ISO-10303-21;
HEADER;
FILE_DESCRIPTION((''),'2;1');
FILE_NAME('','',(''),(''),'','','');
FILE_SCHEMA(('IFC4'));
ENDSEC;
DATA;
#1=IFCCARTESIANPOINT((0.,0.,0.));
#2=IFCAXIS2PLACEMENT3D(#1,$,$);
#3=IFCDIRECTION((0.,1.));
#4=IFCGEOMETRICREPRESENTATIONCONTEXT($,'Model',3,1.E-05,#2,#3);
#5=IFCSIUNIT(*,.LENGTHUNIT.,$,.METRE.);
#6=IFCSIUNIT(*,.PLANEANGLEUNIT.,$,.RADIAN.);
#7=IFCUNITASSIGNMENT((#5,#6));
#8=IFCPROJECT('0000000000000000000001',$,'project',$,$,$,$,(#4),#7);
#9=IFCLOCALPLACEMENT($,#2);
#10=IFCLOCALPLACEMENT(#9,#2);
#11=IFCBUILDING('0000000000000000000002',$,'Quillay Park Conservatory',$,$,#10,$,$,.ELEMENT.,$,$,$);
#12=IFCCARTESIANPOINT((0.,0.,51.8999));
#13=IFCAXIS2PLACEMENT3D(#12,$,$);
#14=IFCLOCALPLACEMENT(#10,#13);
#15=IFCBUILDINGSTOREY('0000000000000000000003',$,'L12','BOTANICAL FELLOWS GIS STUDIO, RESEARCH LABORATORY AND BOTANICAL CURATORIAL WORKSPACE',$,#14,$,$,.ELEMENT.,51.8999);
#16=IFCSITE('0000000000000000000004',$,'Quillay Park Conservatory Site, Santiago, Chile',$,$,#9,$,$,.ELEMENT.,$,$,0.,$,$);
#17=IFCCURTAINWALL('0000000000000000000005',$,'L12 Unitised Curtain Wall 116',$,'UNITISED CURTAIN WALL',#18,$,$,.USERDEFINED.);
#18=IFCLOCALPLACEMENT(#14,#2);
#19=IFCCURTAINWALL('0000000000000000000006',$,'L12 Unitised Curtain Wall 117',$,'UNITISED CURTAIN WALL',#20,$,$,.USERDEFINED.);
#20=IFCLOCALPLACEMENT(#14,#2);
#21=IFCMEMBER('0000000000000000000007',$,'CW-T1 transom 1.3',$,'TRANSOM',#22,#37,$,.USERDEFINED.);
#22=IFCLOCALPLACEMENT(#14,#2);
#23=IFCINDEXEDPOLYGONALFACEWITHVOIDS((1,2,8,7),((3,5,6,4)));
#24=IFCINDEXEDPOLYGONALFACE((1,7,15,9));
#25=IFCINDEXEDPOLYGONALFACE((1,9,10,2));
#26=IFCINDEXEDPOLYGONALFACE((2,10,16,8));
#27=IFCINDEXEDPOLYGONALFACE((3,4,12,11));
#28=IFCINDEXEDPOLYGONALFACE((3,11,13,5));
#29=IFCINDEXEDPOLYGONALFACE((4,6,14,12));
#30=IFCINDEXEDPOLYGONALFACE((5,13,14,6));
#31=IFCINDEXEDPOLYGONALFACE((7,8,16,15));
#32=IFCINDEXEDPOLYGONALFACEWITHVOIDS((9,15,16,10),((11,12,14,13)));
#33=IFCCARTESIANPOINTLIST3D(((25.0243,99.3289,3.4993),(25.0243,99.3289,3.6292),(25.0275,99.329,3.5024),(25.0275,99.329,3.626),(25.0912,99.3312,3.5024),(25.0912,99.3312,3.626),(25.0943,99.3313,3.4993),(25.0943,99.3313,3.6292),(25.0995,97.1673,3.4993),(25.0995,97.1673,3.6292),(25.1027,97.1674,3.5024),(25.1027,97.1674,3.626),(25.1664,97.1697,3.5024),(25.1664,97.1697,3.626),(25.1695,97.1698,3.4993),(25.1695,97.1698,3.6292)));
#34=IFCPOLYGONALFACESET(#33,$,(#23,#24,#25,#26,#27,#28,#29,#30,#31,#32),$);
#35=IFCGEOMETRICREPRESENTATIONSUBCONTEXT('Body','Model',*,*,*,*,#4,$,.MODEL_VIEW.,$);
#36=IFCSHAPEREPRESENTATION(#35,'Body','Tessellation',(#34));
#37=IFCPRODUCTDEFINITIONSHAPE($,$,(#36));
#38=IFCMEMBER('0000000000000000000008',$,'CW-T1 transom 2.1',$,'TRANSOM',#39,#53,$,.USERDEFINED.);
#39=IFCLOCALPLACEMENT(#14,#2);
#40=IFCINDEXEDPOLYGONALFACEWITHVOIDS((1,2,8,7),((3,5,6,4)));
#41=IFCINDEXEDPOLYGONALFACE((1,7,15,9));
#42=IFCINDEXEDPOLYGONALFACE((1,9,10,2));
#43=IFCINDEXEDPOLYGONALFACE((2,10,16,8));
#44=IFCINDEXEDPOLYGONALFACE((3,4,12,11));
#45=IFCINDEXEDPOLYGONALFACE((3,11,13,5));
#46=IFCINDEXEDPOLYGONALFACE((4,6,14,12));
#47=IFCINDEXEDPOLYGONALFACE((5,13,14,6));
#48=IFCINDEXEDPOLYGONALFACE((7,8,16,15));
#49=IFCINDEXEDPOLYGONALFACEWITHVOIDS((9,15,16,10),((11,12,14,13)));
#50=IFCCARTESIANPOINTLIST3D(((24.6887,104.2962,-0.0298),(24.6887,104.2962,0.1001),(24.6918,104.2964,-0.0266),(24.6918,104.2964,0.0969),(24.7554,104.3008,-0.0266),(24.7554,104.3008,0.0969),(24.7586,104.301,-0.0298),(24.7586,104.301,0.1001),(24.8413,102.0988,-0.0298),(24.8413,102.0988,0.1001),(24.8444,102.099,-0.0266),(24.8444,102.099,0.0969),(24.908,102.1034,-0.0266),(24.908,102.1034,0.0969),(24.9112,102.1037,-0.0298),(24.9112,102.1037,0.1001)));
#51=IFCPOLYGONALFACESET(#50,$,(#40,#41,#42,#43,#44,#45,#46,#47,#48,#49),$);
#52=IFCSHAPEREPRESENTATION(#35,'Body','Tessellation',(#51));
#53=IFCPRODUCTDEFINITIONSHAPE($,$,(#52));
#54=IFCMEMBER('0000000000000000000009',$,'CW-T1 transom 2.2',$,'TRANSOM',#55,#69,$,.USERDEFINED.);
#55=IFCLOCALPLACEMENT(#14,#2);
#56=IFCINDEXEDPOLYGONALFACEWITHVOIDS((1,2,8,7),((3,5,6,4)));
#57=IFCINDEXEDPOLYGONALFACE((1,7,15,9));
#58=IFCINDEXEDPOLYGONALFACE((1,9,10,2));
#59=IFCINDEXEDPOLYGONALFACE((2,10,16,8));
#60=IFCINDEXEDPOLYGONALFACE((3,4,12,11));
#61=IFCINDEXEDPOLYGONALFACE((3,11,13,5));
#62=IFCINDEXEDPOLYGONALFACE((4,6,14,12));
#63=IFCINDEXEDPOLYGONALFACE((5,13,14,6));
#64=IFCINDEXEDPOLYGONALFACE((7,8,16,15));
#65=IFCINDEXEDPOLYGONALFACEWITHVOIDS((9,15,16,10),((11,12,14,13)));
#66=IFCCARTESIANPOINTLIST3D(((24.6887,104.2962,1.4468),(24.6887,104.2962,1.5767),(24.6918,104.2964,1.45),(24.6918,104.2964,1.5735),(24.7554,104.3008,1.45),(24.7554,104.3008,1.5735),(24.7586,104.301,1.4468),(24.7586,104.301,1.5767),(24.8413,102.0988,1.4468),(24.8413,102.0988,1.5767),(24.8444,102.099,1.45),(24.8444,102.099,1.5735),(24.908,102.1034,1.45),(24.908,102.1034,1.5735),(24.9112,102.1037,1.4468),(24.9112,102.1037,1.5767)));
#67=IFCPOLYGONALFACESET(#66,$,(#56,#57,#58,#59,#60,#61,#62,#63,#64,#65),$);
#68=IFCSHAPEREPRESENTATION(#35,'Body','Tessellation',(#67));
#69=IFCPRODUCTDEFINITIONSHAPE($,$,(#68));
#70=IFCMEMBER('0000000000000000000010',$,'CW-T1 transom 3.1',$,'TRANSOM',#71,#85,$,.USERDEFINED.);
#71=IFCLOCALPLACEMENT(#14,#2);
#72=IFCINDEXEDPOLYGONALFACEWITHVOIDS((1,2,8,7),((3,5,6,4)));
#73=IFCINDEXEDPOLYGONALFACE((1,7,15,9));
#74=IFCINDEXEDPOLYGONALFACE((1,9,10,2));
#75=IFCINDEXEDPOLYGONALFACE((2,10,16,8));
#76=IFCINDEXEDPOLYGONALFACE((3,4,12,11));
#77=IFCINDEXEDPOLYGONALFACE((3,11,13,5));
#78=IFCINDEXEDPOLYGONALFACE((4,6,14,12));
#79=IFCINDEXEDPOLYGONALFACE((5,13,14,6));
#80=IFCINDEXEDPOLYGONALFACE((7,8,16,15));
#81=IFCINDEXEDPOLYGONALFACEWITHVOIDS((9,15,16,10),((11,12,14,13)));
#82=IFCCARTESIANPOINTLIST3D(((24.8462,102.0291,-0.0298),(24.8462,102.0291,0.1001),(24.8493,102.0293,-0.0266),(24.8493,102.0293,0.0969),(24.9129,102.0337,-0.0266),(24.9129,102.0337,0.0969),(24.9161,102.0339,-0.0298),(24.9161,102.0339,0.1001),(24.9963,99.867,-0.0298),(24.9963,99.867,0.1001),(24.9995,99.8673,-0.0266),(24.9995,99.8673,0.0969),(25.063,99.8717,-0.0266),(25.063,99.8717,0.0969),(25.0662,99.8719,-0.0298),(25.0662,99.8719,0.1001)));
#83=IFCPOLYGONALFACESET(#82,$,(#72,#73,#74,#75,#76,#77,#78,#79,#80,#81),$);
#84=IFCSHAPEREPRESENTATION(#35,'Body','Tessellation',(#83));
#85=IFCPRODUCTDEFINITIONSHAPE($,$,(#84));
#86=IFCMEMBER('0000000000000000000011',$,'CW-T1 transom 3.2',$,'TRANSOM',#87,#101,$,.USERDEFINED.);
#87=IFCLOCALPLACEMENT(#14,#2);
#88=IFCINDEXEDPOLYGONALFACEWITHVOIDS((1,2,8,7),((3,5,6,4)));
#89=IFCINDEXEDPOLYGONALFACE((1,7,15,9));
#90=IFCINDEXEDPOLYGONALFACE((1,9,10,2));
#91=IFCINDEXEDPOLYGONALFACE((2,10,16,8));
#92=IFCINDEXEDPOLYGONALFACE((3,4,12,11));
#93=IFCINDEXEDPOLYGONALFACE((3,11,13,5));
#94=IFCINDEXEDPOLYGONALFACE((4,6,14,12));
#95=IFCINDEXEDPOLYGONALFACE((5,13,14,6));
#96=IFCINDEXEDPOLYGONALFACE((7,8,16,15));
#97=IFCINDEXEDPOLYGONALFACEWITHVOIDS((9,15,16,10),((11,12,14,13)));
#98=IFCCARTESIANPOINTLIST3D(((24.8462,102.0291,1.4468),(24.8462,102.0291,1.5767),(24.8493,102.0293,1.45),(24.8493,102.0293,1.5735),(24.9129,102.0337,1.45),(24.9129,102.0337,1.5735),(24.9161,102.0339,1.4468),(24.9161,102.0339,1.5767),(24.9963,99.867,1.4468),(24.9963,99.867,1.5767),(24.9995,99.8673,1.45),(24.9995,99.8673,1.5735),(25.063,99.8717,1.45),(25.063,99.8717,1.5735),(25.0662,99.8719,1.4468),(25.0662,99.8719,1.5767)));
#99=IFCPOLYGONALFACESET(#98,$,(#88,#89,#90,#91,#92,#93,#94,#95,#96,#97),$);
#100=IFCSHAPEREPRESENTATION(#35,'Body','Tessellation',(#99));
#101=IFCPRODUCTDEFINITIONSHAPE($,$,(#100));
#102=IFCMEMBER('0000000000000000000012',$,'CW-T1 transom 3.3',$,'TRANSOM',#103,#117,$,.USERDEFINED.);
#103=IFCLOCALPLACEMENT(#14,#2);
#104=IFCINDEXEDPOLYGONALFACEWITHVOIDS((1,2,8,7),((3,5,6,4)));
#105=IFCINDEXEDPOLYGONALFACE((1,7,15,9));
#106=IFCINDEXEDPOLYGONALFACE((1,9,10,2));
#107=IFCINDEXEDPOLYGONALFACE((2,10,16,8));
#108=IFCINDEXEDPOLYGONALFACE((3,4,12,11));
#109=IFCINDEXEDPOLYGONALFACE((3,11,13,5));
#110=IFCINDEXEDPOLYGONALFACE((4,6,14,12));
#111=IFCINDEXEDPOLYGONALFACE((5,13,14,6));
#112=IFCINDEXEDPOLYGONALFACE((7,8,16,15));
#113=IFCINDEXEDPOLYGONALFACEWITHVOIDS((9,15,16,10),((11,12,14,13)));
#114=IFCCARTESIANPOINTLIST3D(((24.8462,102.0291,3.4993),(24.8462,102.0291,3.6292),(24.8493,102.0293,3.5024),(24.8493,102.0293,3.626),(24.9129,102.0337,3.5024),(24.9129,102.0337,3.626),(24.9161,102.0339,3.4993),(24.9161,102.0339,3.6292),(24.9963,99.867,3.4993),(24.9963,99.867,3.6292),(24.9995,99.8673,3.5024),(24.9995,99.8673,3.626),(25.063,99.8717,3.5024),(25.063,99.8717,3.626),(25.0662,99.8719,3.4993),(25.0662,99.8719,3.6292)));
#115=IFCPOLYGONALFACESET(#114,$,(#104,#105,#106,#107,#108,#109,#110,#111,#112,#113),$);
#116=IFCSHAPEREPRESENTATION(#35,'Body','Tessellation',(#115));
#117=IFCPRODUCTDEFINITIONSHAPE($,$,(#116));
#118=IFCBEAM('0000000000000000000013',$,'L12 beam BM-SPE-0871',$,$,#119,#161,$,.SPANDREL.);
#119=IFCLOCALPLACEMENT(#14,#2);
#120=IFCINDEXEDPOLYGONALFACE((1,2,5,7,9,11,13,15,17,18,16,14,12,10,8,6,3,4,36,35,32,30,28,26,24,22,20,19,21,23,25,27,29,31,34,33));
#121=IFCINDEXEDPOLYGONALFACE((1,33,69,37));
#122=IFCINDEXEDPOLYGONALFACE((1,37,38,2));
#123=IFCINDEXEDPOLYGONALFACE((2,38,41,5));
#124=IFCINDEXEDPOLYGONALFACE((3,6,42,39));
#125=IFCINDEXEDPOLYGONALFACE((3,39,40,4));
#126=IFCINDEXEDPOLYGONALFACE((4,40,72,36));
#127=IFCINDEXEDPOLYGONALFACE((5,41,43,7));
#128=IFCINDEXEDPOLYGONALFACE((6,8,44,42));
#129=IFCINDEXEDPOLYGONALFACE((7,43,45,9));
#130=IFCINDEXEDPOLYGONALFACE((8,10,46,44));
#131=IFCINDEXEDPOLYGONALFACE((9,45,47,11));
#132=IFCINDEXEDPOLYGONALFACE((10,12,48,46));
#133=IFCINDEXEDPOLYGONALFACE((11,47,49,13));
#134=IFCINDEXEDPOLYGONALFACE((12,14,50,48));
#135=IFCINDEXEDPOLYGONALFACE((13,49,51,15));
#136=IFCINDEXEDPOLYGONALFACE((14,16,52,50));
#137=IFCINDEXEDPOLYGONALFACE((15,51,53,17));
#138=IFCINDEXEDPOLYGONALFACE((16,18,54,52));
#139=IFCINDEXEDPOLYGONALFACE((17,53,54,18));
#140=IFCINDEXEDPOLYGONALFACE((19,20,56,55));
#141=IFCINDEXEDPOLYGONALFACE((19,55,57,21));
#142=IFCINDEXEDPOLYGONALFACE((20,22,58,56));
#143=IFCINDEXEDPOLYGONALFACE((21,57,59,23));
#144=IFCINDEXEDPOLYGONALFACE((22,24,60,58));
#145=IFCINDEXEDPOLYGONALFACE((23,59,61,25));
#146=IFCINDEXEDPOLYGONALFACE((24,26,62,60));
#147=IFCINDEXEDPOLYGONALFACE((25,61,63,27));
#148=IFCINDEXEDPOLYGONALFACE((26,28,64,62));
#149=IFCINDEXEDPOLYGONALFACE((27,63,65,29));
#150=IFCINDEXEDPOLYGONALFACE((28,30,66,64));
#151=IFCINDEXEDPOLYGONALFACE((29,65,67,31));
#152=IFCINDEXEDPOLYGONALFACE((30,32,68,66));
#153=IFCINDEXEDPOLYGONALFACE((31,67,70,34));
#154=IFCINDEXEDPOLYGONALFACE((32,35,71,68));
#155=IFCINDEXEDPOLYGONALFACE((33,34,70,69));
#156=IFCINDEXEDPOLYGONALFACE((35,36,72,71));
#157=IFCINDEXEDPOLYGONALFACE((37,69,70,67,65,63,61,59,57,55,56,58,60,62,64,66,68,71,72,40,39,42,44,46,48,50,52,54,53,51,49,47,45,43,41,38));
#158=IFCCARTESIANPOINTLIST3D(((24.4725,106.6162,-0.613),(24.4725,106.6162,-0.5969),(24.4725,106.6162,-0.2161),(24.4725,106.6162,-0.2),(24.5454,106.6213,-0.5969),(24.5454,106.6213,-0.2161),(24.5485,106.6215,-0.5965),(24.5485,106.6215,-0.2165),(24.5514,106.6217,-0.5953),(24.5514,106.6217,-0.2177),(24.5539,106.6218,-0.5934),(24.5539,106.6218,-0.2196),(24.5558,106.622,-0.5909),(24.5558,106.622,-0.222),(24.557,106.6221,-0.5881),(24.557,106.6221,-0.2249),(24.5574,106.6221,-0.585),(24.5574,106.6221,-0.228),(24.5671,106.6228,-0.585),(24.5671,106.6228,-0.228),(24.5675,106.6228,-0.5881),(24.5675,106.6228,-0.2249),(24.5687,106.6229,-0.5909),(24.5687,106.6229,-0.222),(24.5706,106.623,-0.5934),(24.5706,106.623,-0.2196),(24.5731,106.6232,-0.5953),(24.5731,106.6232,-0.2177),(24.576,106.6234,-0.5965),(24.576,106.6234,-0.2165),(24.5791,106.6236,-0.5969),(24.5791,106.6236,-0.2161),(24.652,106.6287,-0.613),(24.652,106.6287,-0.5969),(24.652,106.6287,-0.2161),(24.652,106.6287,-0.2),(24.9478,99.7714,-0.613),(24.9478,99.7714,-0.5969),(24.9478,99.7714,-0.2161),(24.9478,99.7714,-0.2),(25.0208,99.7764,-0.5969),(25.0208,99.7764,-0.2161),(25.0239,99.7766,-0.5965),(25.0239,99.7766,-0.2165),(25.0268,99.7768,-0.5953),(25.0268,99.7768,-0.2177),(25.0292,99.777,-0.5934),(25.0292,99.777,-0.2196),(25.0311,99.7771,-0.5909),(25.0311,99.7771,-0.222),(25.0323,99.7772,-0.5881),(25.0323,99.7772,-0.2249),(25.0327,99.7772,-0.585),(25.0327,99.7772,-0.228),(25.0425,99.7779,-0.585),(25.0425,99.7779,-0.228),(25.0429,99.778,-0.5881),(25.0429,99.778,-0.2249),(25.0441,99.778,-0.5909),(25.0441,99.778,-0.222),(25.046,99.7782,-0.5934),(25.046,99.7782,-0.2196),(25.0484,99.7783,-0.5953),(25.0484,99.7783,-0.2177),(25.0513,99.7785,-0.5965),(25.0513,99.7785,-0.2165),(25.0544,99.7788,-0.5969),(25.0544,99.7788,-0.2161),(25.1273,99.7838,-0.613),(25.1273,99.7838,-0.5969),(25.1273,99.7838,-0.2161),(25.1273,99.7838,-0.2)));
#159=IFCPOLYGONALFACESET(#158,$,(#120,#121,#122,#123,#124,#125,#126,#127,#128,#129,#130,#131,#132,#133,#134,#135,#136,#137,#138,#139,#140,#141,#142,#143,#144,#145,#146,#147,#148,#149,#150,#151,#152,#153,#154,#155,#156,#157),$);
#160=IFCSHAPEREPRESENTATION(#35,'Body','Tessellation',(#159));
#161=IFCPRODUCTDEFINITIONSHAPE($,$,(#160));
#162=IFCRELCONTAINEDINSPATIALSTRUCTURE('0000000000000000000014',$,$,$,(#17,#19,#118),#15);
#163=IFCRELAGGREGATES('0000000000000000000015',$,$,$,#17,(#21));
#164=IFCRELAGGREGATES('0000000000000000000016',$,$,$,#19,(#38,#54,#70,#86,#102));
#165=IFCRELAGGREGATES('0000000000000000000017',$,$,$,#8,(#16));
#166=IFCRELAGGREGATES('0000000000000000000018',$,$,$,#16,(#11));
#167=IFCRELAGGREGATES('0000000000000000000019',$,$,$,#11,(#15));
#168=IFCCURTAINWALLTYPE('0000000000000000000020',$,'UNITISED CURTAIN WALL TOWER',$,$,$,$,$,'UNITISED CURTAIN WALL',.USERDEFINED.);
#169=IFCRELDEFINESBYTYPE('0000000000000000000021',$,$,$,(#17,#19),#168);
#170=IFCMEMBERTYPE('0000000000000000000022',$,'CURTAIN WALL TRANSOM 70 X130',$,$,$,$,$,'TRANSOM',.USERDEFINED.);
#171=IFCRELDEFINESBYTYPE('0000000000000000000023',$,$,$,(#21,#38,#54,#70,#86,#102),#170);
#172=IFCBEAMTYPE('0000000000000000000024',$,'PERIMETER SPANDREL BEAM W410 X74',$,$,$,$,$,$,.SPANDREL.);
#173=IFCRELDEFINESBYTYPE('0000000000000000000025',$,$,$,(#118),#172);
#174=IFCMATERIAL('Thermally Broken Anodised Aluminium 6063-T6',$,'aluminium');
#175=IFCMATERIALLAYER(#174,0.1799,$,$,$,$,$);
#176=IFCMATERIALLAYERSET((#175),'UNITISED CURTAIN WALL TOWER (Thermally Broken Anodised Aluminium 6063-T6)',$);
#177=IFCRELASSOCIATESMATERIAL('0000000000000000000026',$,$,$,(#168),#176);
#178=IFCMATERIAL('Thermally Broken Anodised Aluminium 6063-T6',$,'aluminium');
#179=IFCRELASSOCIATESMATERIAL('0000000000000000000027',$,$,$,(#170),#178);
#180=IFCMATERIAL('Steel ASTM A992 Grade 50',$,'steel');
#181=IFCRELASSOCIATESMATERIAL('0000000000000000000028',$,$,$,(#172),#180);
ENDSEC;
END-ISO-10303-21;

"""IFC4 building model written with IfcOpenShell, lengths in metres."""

from ifc_helpers import new_model, si_unit, direction, frame, origin, origin_2d, place, context, subcontext, project, spatial, hollow_rectangle, i_section, extrude, material, layer, layer_set, material_profile, profile_set, type_object, element, aggregate, save


model = new_model("IFC4")

# Units and contexts
model_context = context("Model", 3, precision=1e-05, world=origin(), true_north=direction((0.0, 1.0)))
body_context = subcontext(model_context, "Body", "Model", "MODEL_VIEW")
ifc_project = project(units=[si_unit("LENGTHUNIT", "METRE"), si_unit("PLANEANGLEUNIT", "RADIAN")], contexts=[model_context])

# Site, building, storey
site_placement = place(None, origin())
site = spatial("IfcSite", under=ifc_project, at=site_placement, Name="Quillay Park Conservatory Site, Santiago, Chile", CompositionType="ELEMENT", RefElevation=0.0)
building_placement = place(site_placement, origin())
building = spatial("IfcBuilding", under=site, at=building_placement, Name="Quillay Park Conservatory", CompositionType="ELEMENT")
storey_placement = place(building_placement, frame((0.0, 0.0, 51.8999)))
storey = spatial("IfcBuildingStorey", under=building, at=storey_placement, Name="L12", Description="BOTANICAL FELLOWS GIS STUDIO, RESEARCH LABORATORY AND BOTANICAL CURATORIAL WORKSPACE", CompositionType="ELEMENT", Elevation=51.8999)

# Curtain wall
ifc_material_1 = material(Name="Thermally Broken Anodised Aluminium 6063-T6", Category="aluminium")
ifc_layer_1 = layer(ifc_material_1, 0.1799)
ifc_layer_set_1 = layer_set([ifc_layer_1], Name="UNITISED CURTAIN WALL TOWER (Thermally Broken Anodised Aluminium 6063-T6)")
curtain_wall_type = type_object("IfcCurtainWallType", Name="UNITISED CURTAIN WALL TOWER", ElementType="UNITISED CURTAIN WALL", PredefinedType="USERDEFINED", material=ifc_layer_set_1)
curtain_wall_1_placement = place(storey_placement, origin())
curtain_wall_1 = element("IfcCurtainWall", 1, at=curtain_wall_1_placement, inside=storey, type_object=curtain_wall_type, Name="L12 Unitised Curtain Wall 116", ObjectType="UNITISED CURTAIN WALL", PredefinedType="USERDEFINED")

# Curtain wall
curtain_wall_2_placement = place(storey_placement, origin())
curtain_wall_2 = element("IfcCurtainWall", 2, at=curtain_wall_2_placement, inside=storey, type_object=curtain_wall_type, Name="L12 Unitised Curtain Wall 117", ObjectType="UNITISED CURTAIN WALL", PredefinedType="USERDEFINED")

# Members
ifc_material_2 = material(Name="Thermally Broken Anodised Aluminium 6063-T6", Category="aluminium")
ifc_material_profile_1 = material_profile(ifc_material_2, hollow_rectangle(XDim=0.0701, YDim=0.1299, WallThickness=0.0032, at=origin_2d()), Name="AL70x130x3.2")
ifc_profile_set_1 = profile_set([ifc_material_profile_1], Name="Thermally Broken Anodised Aluminium 6063-T6")
member_type_1 = type_object("IfcMemberType", Name="CURTAIN WALL TRANSOM 70 X130", ElementType="TRANSOM", PredefinedType="USERDEFINED", material=ifc_profile_set_1)
member_1_placement = place(storey_placement, frame((25.0593, 99.3301, 3.5642), z_axis=(0.034766, -0.999395, 0.0), x_axis=(0.999395, 0.034766, 0.0)))
member_1 = element("IfcMember", 3, at=member_1_placement, type_object=member_type_1, Name="CW-T1 transom 1.3", ObjectType="TRANSOM", PredefinedType="USERDEFINED", context=body_context, shape_type="SweptSolid", body=[
    extrude(hollow_rectangle(XDim=0.0701, YDim=0.1299, WallThickness=0.0032, at=origin_2d()), origin(), (0.0, 0.0, 1.0), 2.1628),
])
aggregate(curtain_wall_1, [member_1])
member_2_placement = place(storey_placement, frame((24.7236, 104.2986, 0.0352), z_axis=(0.069278, -0.997597, 0.0), x_axis=(0.997597, 0.069278, 0.0)))
member_2 = element("IfcMember", 4, at=member_2_placement, type_object=member_type_1, Name="CW-T1 transom 2.1", ObjectType="TRANSOM", PredefinedType="USERDEFINED", context=body_context, shape_type="SweptSolid", body=[
    extrude(hollow_rectangle(XDim=0.0701, YDim=0.1299, WallThickness=0.0032, at=origin_2d()), origin(), (0.0, 0.0, 1.0), 2.2026),
])
member_3_placement = place(storey_placement, frame((24.7236, 104.2986, 1.5117), z_axis=(0.069278, -0.997597, 0.0), x_axis=(0.997597, 0.069278, 0.0)))
member_3 = element("IfcMember", 5, at=member_3_placement, type_object=member_type_1, Name="CW-T1 transom 2.2", ObjectType="TRANSOM", PredefinedType="USERDEFINED", context=body_context, shape_type="SweptSolid", body=[
    extrude(hollow_rectangle(XDim=0.0701, YDim=0.1299, WallThickness=0.0032, at=origin_2d()), origin(), (0.0, 0.0, 1.0), 2.2026),
])
member_4_placement = place(storey_placement, frame((24.8811, 102.0315, 0.0352), z_axis=(0.069278, -0.997597, 0.0), x_axis=(0.997597, 0.069278, 0.0)))
member_4 = element("IfcMember", 6, at=member_4_placement, type_object=member_type_1, Name="CW-T1 transom 3.1", ObjectType="TRANSOM", PredefinedType="USERDEFINED", context=body_context, shape_type="SweptSolid", body=[
    extrude(hollow_rectangle(XDim=0.0701, YDim=0.1299, WallThickness=0.0032, at=origin_2d()), origin(), (0.0, 0.0, 1.0), 2.1672),
])
member_5_placement = place(storey_placement, frame((24.8811, 102.0315, 1.5117), z_axis=(0.069278, -0.997597, 0.0), x_axis=(0.997597, 0.069278, 0.0)))
member_5 = element("IfcMember", 7, at=member_5_placement, type_object=member_type_1, Name="CW-T1 transom 3.2", ObjectType="TRANSOM", PredefinedType="USERDEFINED", context=body_context, shape_type="SweptSolid", body=[
    extrude(hollow_rectangle(XDim=0.0701, YDim=0.1299, WallThickness=0.0032, at=origin_2d()), origin(), (0.0, 0.0, 1.0), 2.1672),
])
member_6_placement = place(storey_placement, frame((24.8811, 102.0315, 3.5642), z_axis=(0.069278, -0.997597, 0.0), x_axis=(0.997597, 0.069278, 0.0)))
member_6 = element("IfcMember", 8, at=member_6_placement, type_object=member_type_1, Name="CW-T1 transom 3.3", ObjectType="TRANSOM", PredefinedType="USERDEFINED", context=body_context, shape_type="SweptSolid", body=[
    extrude(hollow_rectangle(XDim=0.0701, YDim=0.1299, WallThickness=0.0032, at=origin_2d()), origin(), (0.0, 0.0, 1.0), 2.1672),
])

# Beam
ifc_material_3 = material(Name="Steel ASTM A992 Grade 50", Category="steel")
ifc_material_profile_2 = material_profile(ifc_material_3, i_section(OverallWidth=0.1799, OverallDepth=0.4131, WebThickness=0.0098, FlangeThickness=0.0161, FilletRadius=0.012, at=origin_2d()), Name="W410x74")
ifc_profile_set_2 = profile_set([ifc_material_profile_2], Name="Steel ASTM A992 Grade 50")
beam_type_1 = type_object("IfcBeamType", Name="PERIMETER SPANDREL BEAM W410 X74", PredefinedType="SPANDREL", material=ifc_profile_set_2)
beam_1_placement = place(storey_placement, frame((25.0376, 99.7776, -0.4065), z_axis=(-0.06928, 0.997597, 0.0), x_axis=(-0.997597, -0.06928, 0.0)))
element("IfcBeam", 9, at=beam_1_placement, inside=storey, type_object=beam_type_1, Name="L12 beam BM-SPE-0871", PredefinedType="SPANDREL", context=body_context, shape_type="SweptSolid", body=[
    extrude(i_section(OverallWidth=0.1799, OverallDepth=0.4131, WebThickness=0.0098, FlangeThickness=0.0161, FilletRadius=0.012, at=origin_2d()), origin(), (0.0, 0.0, 1.0), 6.8613),
])

aggregate(curtain_wall_2, [member_2, member_3, member_4, member_5, member_6])

save(model, "model.ifc")
